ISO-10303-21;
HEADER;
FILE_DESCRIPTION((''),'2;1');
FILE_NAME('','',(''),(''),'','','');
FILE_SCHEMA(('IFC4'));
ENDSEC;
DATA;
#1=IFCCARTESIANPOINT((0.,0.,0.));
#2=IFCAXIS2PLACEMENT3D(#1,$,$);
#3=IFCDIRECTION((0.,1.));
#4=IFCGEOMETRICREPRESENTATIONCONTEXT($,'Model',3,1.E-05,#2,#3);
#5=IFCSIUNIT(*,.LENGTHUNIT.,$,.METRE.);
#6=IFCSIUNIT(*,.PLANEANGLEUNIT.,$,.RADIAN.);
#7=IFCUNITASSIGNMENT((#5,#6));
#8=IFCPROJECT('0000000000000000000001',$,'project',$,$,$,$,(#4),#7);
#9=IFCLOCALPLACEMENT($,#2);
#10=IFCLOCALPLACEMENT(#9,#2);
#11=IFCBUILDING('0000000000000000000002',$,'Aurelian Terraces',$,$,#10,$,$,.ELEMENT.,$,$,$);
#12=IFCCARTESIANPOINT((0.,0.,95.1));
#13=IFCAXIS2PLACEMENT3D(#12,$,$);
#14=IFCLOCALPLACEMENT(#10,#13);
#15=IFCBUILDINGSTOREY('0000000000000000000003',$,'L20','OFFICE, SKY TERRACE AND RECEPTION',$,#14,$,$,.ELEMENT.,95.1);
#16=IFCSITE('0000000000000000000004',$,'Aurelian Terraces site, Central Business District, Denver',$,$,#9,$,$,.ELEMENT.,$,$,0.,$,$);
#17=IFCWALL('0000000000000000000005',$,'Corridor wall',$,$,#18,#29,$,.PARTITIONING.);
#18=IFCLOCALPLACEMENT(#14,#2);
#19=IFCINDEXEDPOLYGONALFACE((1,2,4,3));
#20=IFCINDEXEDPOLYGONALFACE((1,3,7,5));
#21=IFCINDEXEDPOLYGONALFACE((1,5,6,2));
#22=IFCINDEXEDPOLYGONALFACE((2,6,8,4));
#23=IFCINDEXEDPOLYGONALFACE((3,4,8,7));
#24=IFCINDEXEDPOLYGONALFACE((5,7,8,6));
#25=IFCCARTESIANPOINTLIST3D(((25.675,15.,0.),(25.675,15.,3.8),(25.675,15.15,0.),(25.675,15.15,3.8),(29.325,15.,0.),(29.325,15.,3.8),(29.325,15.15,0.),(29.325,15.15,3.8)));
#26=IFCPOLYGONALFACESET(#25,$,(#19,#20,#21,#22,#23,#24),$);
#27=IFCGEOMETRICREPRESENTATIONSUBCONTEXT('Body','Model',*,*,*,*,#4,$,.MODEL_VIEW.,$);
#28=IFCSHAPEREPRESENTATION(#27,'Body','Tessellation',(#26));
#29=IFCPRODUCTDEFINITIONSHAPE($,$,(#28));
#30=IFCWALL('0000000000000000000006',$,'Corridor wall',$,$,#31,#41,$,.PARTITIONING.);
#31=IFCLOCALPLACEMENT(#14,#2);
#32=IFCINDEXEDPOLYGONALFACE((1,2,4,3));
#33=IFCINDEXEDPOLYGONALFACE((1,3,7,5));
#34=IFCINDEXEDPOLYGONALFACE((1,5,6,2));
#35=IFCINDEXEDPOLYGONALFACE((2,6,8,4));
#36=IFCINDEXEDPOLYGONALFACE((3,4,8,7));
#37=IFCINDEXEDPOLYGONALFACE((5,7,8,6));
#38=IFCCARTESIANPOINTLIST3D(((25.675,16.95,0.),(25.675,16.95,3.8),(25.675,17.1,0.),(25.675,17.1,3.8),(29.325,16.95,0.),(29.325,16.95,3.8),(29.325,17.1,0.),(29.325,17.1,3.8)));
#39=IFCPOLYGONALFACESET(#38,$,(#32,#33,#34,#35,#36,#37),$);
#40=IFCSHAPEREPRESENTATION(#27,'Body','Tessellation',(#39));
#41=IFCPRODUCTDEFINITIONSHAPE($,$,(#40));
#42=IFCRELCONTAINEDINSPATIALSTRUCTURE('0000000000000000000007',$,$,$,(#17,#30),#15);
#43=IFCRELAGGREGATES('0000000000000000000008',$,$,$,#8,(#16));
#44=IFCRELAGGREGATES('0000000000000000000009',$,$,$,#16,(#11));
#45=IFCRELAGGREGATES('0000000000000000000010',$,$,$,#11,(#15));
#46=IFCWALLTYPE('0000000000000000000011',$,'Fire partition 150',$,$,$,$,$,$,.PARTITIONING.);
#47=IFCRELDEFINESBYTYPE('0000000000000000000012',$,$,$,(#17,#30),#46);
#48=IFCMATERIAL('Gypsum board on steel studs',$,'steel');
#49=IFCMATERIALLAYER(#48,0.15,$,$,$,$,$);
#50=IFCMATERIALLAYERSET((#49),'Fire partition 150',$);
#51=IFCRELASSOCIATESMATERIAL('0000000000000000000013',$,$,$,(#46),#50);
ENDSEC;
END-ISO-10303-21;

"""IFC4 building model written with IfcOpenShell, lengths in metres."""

from ifc_helpers import new_model, si_unit, direction, frame, frame_2d, origin, place, context, subcontext, project, spatial, rectangle, extrude, source, transform, mapped, material, layer, layer_set, type_object, element, save


model = new_model("IFC4")

# Units and contexts
model_context = context("Model", 3, precision=1e-05, world=origin(), true_north=direction((0.0, 1.0)))
body_context = subcontext(model_context, "Body", "Model", "MODEL_VIEW")
ifc_project = project(units=[si_unit("LENGTHUNIT", "METRE"), si_unit("PLANEANGLEUNIT", "RADIAN")], contexts=[model_context])

# Site, building, storey
site_placement = place(None, origin())
site = spatial("IfcSite", under=ifc_project, at=site_placement, Name="Aurelian Terraces site, Central Business District, Denver", CompositionType="ELEMENT", RefElevation=0.0)
building_placement = place(site_placement, origin())
building = spatial("IfcBuilding", under=site, at=building_placement, Name="Aurelian Terraces", CompositionType="ELEMENT")
storey_placement = place(building_placement, frame((0.0, 0.0, 95.1)))
storey = spatial("IfcBuildingStorey", under=building, at=storey_placement, Name="L20", Description="OFFICE, SKY TERRACE AND RECEPTION", CompositionType="ELEMENT", Elevation=95.1)

# Shared definitions
ifc_material_1 = material(Name="Gypsum board on steel studs", Category="steel")

# Shared definitions
ifc_layer_1 = layer(ifc_material_1, 0.15)
ifc_layer_set_1 = layer_set([ifc_layer_1], Name="Fire partition 150")
wall_type_1 = type_object("IfcWallType", Name="Fire partition 150", PredefinedType="PARTITIONING", material=ifc_layer_set_1)

# Walls
shared_shape_1 = source(origin(), body_context, "Body", "SweptSolid", [
    extrude(rectangle(XDim=3.65, YDim=0.15, at=frame_2d((1.825, 0.0))), origin(), (0.0, 0.0, 1.0), 3.8),
])
for number, where, z_axis, x_axis, name in (
    (1, (29.325, 15.075, 0.0), (0.0, 0.0, 1.0), (-1.0, 0.0, 0.0), "Corridor wall"),
    (2, (25.675, 17.025, 0.0), (0.0, 0.0, 1.0), (1.0, 0.0, 0.0), "Corridor wall"),
):
    element("IfcWall", number, at=place(storey_placement, frame(where, z_axis=z_axis, x_axis=x_axis)), inside=storey, type_object=wall_type_1, Name=name, PredefinedType="PARTITIONING", context=body_context, shape_type="MappedRepresentation", body=[
        mapped(shared_shape_1, transform((0.0, 0.0, 0.0), scale=1.0)),
    ])

save(model, "model.ifc")
